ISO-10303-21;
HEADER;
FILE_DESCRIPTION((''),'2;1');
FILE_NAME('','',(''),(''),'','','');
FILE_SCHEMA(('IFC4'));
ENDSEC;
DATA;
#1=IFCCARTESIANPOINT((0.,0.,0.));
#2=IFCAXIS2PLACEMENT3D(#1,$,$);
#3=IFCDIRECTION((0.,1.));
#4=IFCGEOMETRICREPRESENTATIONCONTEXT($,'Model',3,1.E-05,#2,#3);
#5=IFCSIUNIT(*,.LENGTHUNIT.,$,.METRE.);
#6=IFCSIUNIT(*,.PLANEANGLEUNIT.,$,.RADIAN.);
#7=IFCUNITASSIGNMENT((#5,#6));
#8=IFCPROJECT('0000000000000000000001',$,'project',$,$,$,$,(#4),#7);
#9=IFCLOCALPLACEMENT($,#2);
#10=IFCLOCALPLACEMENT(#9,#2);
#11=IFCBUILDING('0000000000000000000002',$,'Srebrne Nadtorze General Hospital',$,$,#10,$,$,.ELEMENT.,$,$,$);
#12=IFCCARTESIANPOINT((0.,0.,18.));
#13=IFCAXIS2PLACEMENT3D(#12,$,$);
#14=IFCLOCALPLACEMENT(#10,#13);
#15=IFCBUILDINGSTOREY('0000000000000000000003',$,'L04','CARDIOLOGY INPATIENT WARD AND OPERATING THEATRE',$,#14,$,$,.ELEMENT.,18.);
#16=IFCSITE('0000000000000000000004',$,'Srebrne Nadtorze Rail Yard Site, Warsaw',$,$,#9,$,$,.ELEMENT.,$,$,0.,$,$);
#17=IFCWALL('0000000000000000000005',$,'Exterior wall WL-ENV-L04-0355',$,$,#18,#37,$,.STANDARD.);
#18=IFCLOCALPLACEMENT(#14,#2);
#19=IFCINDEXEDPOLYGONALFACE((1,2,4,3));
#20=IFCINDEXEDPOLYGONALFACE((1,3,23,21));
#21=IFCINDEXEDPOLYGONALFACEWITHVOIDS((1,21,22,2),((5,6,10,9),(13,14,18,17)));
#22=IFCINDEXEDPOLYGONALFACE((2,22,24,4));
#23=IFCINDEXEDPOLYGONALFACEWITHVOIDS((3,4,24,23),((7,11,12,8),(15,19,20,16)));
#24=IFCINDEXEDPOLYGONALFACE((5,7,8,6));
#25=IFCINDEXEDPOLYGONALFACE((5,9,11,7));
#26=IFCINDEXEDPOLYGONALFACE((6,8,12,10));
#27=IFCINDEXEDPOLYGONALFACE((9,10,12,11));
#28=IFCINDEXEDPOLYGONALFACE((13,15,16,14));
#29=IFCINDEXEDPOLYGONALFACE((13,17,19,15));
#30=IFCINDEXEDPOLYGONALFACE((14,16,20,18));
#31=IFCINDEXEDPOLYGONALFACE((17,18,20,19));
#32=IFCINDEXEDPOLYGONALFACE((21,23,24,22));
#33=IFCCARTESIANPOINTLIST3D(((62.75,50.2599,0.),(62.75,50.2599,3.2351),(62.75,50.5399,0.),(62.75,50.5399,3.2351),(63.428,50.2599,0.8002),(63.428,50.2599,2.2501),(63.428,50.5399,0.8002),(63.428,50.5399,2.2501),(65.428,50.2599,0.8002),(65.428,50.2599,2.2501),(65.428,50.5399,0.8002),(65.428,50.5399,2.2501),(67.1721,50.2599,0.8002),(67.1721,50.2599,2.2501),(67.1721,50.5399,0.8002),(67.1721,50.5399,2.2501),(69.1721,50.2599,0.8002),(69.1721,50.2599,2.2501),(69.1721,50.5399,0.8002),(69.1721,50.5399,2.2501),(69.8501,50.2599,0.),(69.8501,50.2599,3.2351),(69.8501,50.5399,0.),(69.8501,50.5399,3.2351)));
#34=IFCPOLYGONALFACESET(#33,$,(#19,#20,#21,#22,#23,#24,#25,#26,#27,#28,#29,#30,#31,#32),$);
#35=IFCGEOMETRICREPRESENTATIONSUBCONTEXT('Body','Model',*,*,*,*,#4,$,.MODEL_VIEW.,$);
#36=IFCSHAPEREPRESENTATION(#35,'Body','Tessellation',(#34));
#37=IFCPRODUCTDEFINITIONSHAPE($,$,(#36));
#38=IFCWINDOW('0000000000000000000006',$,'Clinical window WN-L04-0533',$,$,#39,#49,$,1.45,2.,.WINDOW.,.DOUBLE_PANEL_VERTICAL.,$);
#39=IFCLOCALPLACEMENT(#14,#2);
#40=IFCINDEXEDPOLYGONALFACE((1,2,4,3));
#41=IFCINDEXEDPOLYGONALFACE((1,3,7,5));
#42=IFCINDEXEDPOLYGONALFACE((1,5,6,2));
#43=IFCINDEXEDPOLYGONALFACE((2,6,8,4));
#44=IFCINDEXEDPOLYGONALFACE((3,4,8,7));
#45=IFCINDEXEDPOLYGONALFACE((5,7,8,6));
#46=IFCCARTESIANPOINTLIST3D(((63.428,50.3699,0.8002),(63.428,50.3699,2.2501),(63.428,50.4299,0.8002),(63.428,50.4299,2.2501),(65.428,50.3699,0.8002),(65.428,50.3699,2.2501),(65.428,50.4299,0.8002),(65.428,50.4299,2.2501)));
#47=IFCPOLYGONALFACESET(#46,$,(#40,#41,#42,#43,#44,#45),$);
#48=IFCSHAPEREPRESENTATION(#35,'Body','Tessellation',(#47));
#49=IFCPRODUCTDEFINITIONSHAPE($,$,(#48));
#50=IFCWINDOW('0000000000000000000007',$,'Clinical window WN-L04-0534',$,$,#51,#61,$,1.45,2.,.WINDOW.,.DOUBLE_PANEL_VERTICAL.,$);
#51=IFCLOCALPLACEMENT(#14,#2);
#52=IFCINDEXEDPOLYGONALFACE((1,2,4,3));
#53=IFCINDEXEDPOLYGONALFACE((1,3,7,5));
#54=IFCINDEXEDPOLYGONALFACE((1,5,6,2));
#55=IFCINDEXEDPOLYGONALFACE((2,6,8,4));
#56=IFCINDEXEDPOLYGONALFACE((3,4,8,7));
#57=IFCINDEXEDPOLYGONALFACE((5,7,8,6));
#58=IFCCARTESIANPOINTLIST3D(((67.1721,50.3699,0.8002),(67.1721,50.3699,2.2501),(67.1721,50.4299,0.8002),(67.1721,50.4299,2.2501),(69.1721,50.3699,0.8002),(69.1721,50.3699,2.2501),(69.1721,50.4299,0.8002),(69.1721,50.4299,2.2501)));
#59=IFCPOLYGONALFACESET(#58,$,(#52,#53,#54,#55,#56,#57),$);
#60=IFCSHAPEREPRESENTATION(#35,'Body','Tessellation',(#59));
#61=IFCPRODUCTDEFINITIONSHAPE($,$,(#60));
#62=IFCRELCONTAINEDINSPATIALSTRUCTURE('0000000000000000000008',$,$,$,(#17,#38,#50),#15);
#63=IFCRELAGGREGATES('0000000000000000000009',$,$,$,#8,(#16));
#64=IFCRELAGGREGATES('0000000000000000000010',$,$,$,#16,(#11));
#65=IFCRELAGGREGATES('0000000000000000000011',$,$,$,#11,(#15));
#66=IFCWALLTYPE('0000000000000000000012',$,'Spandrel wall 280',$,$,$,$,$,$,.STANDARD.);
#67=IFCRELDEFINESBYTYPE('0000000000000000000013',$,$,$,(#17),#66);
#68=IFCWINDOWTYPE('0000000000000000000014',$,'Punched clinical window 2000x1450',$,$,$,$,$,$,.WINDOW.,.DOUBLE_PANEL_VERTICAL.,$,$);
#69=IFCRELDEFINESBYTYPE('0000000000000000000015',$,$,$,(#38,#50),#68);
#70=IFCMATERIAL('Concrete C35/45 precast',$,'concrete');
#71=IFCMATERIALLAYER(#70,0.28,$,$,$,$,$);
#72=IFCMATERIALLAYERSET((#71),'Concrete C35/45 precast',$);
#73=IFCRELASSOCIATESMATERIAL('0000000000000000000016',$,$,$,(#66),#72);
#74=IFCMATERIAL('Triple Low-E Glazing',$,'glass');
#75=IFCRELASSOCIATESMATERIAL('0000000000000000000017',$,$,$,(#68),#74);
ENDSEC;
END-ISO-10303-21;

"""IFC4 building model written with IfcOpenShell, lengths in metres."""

from ifc_helpers import new_model, si_unit, direction, frame, frame_2d, origin, place, context, subcontext, project, spatial, rectangle, extrude, material, layer, layer_set, type_object, element, fill, save


model = new_model("IFC4")

# Units and contexts
model_context = context("Model", 3, precision=1e-05, world=origin(), true_north=direction((0.0, 1.0)))
body_context = subcontext(model_context, "Body", "Model", "MODEL_VIEW")
ifc_project = project(units=[si_unit("LENGTHUNIT", "METRE"), si_unit("PLANEANGLEUNIT", "RADIAN")], contexts=[model_context])

# Site, building, storey
site_placement = place(None, origin())
site = spatial("IfcSite", under=ifc_project, at=site_placement, Name="Srebrne Nadtorze Rail Yard Site, Warsaw", CompositionType="ELEMENT", RefElevation=0.0)
building_placement = place(site_placement, origin())
building = spatial("IfcBuilding", under=site, at=building_placement, Name="Srebrne Nadtorze General Hospital", CompositionType="ELEMENT")
storey_placement = place(building_placement, frame((0.0, 0.0, 18.0)))
storey = spatial("IfcBuildingStorey", under=building, at=storey_placement, Name="L04", Description="CARDIOLOGY INPATIENT WARD AND OPERATING THEATRE", CompositionType="ELEMENT", Elevation=18.0)

# Wall, openings, windows
ifc_material_1 = material(Name="Concrete C35/45 precast", Category="concrete")
ifc_layer_1 = layer(ifc_material_1, 0.28)
ifc_layer_set_1 = layer_set([ifc_layer_1], Name="Concrete C35/45 precast")
wall_type_1 = type_object("IfcWallType", Name="Spandrel wall 280", PredefinedType="STANDARD", material=ifc_layer_set_1)
wall_1_placement = place(storey_placement, frame((62.75, 50.3999, 0.0), z_axis=(0.0, 0.0, 1.0), x_axis=(1.0, 0.0, 0.0)))
wall_1 = element("IfcWall", 1, at=wall_1_placement, inside=storey, type_object=wall_type_1, Name="Exterior wall WL-ENV-L04-0355", PredefinedType="STANDARD", context=body_context, shape_type="SweptSolid", body=[
    extrude(rectangle(XDim=7.1001, YDim=0.28, at=frame_2d((3.55, 0.0))), origin(), (0.0, 0.0, 1.0), 3.2351),
])
opening_1_placement = place(wall_1_placement, frame((0.678, 0.0, 0.8)))
opening_1 = element("IfcOpeningElement", 2, at=opening_1_placement, cuts=wall_1, PredefinedType="OPENING", context=body_context, shape_type="SweptSolid", body=[
    extrude(rectangle(XDim=2.0, YDim=1.45, at=frame_2d((1.0, 0.7251))), frame((0.0, 0.1519, 0.0), z_axis=(0.0, -1.0, 0.0), x_axis=(1.0, 0.0, 0.0)), (0.0, 0.0, 1.0), 0.304),
])
opening_2_placement = place(wall_1_placement, frame((4.4221, 0.0, 0.8)))
opening_2 = element("IfcOpeningElement", 3, at=opening_2_placement, cuts=wall_1, PredefinedType="OPENING", context=body_context, shape_type="SweptSolid", body=[
    extrude(rectangle(XDim=2.0, YDim=1.45, at=frame_2d((1.0, 0.7251))), frame((0.0, 0.1519, 0.0), z_axis=(0.0, -1.0, 0.0), x_axis=(1.0, 0.0, 0.0)), (0.0, 0.0, 1.0), 0.304),
])
ifc_material_2 = material(Name="Triple Low-E Glazing", Category="glass")
window_type_1 = type_object("IfcWindowType", Name="Punched clinical window 2000x1450", PartitioningType="DOUBLE_PANEL_VERTICAL", PredefinedType="WINDOW", material=ifc_material_2)
window_1_placement = place(opening_1_placement, origin())
window_1 = element("IfcWindow", 4, at=window_1_placement, inside=storey, type_object=window_type_1, Name="Clinical window WN-L04-0533", OverallHeight=1.45, OverallWidth=2.0, PartitioningType="DOUBLE_PANEL_VERTICAL", PredefinedType="WINDOW", context=body_context, shape_type="SweptSolid", body=[
    extrude(rectangle(XDim=2.0, YDim=1.45, at=frame_2d((1.0, 0.7251))), frame((0.0, 0.03, 0.0), z_axis=(0.0, -1.0, 0.0), x_axis=(1.0, 0.0, 0.0)), (0.0, 0.0, 1.0), 0.0601),
])
fill(opening_1, window_1)
window_2_placement = place(opening_2_placement, origin())
window_2 = element("IfcWindow", 5, at=window_2_placement, inside=storey, type_object=window_type_1, Name="Clinical window WN-L04-0534", OverallHeight=1.45, OverallWidth=2.0, PartitioningType="DOUBLE_PANEL_VERTICAL", PredefinedType="WINDOW", context=body_context, shape_type="SweptSolid", body=[
    extrude(rectangle(XDim=2.0, YDim=1.45, at=frame_2d((1.0, 0.7251))), frame((0.0, 0.03, 0.0), z_axis=(0.0, -1.0, 0.0), x_axis=(1.0, 0.0, 0.0)), (0.0, 0.0, 1.0), 0.0601),
])
fill(opening_2, window_2)

save(model, "model.ifc")
